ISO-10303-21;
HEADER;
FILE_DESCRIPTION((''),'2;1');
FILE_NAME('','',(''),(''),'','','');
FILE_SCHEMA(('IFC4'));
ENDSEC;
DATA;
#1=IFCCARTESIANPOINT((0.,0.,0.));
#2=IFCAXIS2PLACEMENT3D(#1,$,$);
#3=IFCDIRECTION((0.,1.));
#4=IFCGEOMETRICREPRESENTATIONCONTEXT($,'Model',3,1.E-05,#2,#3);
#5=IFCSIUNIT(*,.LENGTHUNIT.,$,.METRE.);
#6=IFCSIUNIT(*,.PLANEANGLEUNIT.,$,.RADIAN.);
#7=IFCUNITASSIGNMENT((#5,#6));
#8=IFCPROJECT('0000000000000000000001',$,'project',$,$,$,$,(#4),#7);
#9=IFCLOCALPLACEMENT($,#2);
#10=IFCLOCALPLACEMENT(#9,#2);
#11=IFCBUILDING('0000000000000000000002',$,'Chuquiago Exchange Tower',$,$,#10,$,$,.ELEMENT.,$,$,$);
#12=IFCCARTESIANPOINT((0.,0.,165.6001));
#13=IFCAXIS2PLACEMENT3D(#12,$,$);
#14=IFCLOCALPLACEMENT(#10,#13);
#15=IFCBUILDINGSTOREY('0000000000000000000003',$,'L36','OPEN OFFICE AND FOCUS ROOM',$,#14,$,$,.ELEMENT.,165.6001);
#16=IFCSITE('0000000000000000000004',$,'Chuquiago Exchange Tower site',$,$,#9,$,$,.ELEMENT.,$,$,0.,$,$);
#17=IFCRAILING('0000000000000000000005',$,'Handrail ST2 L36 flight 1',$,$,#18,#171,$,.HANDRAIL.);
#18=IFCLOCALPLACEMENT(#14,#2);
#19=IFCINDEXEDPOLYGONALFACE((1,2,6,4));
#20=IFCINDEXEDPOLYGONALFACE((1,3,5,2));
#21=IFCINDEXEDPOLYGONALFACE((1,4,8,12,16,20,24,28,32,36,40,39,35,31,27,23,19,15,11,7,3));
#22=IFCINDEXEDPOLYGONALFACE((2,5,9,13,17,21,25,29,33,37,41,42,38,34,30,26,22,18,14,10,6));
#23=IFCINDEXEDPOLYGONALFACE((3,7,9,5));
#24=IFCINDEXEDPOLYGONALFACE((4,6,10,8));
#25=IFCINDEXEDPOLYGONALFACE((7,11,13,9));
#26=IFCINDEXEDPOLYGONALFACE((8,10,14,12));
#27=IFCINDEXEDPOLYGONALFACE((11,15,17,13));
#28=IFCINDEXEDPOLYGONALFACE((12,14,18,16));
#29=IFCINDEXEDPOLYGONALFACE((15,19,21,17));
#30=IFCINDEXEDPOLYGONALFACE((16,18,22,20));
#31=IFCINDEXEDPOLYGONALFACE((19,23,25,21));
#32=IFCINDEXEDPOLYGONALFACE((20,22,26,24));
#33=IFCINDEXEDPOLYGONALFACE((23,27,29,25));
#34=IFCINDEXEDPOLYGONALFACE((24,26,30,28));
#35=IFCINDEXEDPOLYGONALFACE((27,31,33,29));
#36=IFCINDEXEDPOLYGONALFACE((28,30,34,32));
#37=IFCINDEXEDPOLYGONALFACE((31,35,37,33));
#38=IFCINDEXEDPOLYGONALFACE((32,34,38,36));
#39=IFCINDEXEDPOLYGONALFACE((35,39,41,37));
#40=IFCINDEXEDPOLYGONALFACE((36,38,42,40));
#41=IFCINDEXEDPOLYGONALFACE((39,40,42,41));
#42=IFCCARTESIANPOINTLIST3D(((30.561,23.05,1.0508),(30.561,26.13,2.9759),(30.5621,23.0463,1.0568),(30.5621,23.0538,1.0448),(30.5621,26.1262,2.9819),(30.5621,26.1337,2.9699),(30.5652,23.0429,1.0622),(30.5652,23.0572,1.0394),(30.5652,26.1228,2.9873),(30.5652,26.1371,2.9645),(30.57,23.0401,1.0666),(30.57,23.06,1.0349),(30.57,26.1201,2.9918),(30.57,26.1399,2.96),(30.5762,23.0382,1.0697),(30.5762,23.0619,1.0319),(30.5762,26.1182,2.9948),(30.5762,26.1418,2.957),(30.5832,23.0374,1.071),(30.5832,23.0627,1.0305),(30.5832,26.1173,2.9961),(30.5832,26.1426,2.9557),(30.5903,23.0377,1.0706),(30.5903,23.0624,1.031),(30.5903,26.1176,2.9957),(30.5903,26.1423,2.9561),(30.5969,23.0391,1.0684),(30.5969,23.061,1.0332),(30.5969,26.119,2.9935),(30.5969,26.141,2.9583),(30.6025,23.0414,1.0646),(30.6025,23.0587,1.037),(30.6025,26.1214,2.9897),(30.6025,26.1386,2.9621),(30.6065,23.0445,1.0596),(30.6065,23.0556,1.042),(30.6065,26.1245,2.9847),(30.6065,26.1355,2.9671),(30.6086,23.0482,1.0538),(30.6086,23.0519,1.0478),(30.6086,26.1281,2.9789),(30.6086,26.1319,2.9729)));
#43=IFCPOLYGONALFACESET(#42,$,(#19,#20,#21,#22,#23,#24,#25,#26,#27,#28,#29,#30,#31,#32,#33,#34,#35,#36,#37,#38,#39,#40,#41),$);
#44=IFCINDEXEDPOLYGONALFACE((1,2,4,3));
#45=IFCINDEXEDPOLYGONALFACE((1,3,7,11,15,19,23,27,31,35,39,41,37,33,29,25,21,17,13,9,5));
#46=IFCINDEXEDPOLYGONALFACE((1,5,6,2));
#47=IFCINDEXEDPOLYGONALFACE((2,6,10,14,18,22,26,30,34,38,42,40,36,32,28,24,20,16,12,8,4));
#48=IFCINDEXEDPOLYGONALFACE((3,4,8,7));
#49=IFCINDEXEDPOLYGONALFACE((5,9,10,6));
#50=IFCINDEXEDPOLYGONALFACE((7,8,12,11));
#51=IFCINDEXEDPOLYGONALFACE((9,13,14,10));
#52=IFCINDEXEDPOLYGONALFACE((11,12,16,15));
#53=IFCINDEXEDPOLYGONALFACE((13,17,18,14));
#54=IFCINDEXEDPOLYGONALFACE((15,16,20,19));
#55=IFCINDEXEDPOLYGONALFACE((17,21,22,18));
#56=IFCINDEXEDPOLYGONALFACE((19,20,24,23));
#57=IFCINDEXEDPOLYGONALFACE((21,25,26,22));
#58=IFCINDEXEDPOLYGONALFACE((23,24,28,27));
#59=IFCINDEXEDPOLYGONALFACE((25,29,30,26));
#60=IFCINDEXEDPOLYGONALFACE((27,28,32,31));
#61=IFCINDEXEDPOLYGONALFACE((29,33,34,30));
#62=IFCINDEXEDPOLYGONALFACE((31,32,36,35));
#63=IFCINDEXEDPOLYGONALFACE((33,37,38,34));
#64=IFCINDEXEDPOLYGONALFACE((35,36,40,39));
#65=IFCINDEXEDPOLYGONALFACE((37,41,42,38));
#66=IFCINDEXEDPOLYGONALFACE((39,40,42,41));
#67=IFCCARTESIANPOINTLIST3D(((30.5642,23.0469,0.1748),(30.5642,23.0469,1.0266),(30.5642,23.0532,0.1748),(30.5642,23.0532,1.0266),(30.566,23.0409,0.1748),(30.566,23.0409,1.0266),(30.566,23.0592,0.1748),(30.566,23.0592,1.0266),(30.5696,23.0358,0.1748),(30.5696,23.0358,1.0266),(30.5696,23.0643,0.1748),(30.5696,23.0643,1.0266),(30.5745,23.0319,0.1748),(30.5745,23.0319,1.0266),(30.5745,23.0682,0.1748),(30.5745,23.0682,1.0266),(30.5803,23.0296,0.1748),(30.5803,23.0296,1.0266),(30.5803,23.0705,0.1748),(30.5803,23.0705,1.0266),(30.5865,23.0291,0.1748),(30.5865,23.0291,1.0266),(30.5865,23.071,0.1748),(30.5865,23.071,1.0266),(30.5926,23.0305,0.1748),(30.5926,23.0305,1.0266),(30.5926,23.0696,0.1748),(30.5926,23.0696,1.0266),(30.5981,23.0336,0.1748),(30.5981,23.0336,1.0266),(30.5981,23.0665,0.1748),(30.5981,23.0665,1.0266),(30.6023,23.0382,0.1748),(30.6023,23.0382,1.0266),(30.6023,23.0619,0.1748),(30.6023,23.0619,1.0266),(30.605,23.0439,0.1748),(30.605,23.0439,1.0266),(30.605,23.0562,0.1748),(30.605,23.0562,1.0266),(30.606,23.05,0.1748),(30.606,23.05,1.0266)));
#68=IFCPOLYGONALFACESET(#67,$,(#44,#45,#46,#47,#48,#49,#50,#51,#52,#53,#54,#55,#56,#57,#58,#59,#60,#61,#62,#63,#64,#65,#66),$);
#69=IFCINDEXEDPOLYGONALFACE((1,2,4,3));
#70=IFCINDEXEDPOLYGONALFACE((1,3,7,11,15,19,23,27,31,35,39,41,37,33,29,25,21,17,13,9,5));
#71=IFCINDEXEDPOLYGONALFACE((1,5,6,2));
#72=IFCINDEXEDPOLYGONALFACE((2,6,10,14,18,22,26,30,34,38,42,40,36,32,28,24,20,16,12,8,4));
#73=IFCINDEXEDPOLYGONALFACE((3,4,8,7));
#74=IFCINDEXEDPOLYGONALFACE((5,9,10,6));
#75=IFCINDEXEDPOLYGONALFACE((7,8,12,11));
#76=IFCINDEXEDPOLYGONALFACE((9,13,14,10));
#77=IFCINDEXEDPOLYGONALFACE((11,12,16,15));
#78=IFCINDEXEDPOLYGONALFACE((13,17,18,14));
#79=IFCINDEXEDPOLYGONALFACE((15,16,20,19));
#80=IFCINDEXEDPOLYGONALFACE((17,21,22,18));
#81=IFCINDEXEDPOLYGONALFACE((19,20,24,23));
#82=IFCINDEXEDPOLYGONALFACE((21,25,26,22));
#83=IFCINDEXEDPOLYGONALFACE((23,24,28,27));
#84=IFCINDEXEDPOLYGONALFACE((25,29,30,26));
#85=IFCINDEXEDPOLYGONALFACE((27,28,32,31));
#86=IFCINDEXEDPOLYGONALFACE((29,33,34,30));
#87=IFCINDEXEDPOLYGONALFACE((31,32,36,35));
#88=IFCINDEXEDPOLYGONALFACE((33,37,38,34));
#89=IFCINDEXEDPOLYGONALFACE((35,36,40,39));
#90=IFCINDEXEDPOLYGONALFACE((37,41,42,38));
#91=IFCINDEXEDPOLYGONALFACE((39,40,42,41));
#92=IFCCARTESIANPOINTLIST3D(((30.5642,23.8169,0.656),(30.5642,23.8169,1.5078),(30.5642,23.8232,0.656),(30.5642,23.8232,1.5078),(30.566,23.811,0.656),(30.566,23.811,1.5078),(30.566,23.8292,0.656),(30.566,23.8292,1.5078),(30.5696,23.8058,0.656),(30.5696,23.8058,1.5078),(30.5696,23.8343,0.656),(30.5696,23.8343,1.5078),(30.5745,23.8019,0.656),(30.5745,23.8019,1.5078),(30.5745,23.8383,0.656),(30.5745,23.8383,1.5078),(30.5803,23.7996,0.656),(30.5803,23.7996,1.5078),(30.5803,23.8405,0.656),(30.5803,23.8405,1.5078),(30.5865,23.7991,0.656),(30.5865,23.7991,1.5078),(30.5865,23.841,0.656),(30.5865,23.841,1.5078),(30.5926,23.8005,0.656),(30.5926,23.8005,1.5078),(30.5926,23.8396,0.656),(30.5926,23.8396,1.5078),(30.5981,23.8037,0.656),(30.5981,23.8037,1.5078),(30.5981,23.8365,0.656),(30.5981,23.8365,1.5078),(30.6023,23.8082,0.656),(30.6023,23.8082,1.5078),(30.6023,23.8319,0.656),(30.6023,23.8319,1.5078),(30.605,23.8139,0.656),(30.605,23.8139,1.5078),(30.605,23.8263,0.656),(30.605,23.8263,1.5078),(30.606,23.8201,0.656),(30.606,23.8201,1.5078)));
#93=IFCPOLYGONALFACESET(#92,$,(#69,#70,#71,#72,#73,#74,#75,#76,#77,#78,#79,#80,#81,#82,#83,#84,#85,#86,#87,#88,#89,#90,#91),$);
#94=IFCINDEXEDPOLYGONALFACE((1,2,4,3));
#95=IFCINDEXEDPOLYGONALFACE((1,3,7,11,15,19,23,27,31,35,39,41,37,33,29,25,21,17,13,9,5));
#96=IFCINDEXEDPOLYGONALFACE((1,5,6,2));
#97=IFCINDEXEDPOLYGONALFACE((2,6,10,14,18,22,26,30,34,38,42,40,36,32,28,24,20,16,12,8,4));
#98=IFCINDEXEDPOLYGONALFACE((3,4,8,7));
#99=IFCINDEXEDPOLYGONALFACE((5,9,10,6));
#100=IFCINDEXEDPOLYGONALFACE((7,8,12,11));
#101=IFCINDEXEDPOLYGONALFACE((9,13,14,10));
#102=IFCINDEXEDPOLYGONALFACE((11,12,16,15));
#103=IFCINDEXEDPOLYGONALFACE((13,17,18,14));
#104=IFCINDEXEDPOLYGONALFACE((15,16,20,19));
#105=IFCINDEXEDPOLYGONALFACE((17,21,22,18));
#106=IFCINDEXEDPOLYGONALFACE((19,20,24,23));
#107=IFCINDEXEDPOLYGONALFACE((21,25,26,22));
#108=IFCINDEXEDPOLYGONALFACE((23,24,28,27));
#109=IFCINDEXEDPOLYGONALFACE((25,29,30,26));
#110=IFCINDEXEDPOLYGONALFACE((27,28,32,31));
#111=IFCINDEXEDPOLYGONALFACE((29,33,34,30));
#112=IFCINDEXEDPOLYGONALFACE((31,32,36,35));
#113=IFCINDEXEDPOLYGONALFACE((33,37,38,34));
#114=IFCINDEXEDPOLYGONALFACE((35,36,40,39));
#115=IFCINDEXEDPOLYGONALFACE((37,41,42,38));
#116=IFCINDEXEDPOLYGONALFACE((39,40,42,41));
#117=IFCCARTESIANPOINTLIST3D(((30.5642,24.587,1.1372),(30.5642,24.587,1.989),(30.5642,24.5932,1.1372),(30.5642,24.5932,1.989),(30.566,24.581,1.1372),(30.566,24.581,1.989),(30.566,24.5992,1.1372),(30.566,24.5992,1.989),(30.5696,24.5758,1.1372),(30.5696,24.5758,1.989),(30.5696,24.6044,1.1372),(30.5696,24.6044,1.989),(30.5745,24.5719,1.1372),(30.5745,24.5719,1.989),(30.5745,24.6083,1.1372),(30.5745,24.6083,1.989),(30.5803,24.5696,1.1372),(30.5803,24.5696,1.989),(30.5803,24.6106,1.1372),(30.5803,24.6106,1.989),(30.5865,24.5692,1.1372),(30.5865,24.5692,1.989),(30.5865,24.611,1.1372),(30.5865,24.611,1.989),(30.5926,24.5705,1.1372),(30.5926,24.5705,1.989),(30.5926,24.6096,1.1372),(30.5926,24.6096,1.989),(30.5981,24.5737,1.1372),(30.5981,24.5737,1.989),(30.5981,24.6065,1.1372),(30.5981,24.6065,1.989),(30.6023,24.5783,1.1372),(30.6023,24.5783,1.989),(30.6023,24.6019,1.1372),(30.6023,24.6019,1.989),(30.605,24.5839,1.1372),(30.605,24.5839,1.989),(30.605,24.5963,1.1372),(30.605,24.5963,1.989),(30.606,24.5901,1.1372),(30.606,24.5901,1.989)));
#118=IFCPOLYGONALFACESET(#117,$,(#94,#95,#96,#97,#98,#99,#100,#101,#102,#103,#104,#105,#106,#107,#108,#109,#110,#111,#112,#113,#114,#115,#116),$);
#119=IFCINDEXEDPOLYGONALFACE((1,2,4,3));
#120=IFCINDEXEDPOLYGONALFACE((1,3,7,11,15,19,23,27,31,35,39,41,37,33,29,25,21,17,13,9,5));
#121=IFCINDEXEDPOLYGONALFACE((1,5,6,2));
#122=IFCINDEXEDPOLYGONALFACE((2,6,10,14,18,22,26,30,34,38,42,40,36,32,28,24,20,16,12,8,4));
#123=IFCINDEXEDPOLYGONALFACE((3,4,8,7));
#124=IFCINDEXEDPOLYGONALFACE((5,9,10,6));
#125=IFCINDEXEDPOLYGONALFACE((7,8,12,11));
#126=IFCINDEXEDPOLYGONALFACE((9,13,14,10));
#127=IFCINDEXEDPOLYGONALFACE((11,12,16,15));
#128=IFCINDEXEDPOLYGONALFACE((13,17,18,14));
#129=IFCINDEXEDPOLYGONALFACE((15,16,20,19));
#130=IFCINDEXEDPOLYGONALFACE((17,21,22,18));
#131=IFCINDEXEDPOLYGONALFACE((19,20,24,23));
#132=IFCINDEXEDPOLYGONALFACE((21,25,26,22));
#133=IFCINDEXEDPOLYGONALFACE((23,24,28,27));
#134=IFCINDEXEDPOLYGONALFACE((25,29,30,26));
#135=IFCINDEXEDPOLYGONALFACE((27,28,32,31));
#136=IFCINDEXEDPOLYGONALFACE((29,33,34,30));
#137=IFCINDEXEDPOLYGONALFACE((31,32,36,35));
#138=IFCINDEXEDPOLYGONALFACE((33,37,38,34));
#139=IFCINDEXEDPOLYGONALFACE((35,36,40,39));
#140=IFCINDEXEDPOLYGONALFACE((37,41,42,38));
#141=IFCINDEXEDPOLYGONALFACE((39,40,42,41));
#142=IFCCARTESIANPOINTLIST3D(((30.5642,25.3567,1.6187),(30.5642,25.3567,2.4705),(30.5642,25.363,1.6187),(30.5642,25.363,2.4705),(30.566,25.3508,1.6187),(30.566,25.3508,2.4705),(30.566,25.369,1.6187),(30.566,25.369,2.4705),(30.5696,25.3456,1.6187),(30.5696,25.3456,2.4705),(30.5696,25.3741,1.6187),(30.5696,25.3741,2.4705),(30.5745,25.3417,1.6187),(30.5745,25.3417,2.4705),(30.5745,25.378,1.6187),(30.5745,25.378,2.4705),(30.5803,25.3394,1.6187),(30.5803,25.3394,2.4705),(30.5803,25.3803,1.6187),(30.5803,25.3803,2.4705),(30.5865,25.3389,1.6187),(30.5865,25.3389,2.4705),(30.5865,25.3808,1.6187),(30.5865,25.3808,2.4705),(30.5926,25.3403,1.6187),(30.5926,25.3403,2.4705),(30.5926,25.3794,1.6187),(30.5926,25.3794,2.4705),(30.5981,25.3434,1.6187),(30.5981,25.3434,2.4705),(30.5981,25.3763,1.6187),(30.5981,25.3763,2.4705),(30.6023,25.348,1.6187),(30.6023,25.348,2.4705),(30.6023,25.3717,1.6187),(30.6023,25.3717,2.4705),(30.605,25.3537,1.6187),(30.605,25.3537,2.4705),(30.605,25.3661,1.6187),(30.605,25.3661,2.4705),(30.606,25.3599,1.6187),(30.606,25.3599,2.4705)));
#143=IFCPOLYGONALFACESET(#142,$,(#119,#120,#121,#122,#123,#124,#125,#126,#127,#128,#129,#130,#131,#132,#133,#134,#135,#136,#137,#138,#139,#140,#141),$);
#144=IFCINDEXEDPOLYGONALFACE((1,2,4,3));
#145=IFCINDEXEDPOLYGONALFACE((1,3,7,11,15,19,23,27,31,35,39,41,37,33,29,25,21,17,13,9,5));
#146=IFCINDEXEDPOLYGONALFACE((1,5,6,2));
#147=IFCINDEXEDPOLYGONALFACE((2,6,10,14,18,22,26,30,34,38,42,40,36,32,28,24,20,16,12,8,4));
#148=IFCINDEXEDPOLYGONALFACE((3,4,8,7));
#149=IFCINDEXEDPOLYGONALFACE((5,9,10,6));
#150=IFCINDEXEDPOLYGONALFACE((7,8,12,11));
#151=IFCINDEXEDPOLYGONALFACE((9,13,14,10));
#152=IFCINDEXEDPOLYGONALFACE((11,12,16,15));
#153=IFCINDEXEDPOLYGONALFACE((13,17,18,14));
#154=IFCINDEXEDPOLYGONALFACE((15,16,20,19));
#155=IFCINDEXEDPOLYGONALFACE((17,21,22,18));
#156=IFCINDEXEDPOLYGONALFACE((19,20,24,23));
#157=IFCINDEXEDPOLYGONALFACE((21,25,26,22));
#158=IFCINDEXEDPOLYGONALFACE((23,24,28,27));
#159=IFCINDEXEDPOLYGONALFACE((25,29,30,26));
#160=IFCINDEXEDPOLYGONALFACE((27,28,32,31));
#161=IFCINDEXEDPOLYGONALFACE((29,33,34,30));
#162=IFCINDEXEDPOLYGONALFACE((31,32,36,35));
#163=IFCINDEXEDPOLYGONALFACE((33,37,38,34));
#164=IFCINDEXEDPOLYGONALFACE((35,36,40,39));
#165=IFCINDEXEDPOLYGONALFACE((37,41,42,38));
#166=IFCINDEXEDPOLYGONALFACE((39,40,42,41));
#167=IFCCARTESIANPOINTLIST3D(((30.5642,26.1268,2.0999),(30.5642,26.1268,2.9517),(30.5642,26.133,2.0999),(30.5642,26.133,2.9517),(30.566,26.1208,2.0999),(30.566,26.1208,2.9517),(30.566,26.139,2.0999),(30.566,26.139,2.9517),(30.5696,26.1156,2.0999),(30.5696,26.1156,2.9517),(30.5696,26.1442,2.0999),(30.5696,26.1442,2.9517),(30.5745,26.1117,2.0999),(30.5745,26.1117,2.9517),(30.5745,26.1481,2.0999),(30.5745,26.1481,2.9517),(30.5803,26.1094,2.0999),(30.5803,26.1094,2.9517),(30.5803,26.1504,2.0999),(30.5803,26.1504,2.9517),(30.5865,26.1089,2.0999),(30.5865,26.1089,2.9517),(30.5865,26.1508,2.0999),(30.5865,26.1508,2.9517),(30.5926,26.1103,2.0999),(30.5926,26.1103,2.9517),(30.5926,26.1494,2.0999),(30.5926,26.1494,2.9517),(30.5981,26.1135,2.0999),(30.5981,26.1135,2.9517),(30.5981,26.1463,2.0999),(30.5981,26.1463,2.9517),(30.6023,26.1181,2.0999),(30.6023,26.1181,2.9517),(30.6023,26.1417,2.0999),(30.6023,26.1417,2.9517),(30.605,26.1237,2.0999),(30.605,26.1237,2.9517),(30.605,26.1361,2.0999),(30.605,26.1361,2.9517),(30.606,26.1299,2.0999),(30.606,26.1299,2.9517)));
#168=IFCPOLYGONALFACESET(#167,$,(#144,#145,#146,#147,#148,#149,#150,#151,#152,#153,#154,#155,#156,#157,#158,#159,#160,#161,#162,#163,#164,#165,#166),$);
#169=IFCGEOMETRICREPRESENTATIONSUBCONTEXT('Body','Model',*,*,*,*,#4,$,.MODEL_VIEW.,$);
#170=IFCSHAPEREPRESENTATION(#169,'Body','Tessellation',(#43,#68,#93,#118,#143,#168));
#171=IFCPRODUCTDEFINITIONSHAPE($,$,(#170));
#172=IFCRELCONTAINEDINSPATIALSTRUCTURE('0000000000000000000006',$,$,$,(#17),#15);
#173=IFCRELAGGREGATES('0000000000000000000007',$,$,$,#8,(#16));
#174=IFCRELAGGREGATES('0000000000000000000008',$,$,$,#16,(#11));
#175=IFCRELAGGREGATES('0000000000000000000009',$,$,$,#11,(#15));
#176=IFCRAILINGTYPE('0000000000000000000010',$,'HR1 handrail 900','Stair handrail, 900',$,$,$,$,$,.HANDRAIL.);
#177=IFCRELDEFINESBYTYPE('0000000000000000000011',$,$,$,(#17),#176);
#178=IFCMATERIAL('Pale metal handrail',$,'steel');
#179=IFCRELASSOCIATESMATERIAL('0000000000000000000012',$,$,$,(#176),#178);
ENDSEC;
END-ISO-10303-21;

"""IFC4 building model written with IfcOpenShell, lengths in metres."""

from ifc_helpers import new_model, si_unit, direction, frame, origin, origin_2d, place, context, subcontext, project, spatial, circle, extrude, material, type_object, element, save


model = new_model("IFC4")

# Units and contexts
model_context = context("Model", 3, precision=1e-05, world=origin(), true_north=direction((0.0, 1.0)))
body_context = subcontext(model_context, "Body", "Model", "MODEL_VIEW")
ifc_project = project(units=[si_unit("LENGTHUNIT", "METRE"), si_unit("PLANEANGLEUNIT", "RADIAN")], contexts=[model_context])

# Site, building, storey
site_placement = place(None, origin())
site = spatial("IfcSite", under=ifc_project, at=site_placement, Name="Chuquiago Exchange Tower site", CompositionType="ELEMENT", RefElevation=0.0)
building_placement = place(site_placement, origin())
building = spatial("IfcBuilding", under=site, at=building_placement, Name="Chuquiago Exchange Tower", CompositionType="ELEMENT")
storey_placement = place(building_placement, frame((0.0, 0.0, 165.6001)))
storey = spatial("IfcBuildingStorey", under=building, at=storey_placement, Name="L36", Description="OPEN OFFICE AND FOCUS ROOM", CompositionType="ELEMENT", Elevation=165.6001)

# Railing
ifc_material_1 = material(Name="Pale metal handrail", Category="steel")
railing_type = type_object("IfcRailingType", Name="HR1 handrail 900", Description="Stair handrail, 900", PredefinedType="HANDRAIL", material=ifc_material_1)
for number, where, name in (
    (1, (30.585, 23.05, 0.1748), "Handrail ST2 L36 flight 1"),
):
    element("IfcRailing", number, at=place(storey_placement, frame(where)), inside=storey, type_object=railing_type, Name=name, PredefinedType="HANDRAIL", context=body_context, shape_type="SweptSolid", body=[
        extrude(circle(Radius=0.0239, at=origin_2d()), frame((0.0, 0.0, 0.876), z_axis=(0.0, 0.847979, 0.530029), x_axis=(-1.0, 0.0, 0.0)), (0.0, 0.0, 1.0), 3.6321),
        extrude(circle(Radius=0.021, at=origin_2d()), origin(), (0.0, 0.0, 1.0), 0.8518),
        extrude(circle(Radius=0.021, at=origin_2d()), frame((0.0, 0.77, 0.4812)), (0.0, 0.0, 1.0), 0.8518),
        extrude(circle(Radius=0.021, at=origin_2d()), frame((0.0, 1.54, 0.9624)), (0.0, 0.0, 1.0), 0.8518),
        extrude(circle(Radius=0.021, at=origin_2d()), frame((0.0, 2.3098, 1.4438)), (0.0, 0.0, 1.0), 0.8518),
        extrude(circle(Radius=0.021, at=origin_2d()), frame((0.0, 3.0798, 1.925)), (0.0, 0.0, 1.0), 0.8518),
    ])

save(model, "model.ifc")
